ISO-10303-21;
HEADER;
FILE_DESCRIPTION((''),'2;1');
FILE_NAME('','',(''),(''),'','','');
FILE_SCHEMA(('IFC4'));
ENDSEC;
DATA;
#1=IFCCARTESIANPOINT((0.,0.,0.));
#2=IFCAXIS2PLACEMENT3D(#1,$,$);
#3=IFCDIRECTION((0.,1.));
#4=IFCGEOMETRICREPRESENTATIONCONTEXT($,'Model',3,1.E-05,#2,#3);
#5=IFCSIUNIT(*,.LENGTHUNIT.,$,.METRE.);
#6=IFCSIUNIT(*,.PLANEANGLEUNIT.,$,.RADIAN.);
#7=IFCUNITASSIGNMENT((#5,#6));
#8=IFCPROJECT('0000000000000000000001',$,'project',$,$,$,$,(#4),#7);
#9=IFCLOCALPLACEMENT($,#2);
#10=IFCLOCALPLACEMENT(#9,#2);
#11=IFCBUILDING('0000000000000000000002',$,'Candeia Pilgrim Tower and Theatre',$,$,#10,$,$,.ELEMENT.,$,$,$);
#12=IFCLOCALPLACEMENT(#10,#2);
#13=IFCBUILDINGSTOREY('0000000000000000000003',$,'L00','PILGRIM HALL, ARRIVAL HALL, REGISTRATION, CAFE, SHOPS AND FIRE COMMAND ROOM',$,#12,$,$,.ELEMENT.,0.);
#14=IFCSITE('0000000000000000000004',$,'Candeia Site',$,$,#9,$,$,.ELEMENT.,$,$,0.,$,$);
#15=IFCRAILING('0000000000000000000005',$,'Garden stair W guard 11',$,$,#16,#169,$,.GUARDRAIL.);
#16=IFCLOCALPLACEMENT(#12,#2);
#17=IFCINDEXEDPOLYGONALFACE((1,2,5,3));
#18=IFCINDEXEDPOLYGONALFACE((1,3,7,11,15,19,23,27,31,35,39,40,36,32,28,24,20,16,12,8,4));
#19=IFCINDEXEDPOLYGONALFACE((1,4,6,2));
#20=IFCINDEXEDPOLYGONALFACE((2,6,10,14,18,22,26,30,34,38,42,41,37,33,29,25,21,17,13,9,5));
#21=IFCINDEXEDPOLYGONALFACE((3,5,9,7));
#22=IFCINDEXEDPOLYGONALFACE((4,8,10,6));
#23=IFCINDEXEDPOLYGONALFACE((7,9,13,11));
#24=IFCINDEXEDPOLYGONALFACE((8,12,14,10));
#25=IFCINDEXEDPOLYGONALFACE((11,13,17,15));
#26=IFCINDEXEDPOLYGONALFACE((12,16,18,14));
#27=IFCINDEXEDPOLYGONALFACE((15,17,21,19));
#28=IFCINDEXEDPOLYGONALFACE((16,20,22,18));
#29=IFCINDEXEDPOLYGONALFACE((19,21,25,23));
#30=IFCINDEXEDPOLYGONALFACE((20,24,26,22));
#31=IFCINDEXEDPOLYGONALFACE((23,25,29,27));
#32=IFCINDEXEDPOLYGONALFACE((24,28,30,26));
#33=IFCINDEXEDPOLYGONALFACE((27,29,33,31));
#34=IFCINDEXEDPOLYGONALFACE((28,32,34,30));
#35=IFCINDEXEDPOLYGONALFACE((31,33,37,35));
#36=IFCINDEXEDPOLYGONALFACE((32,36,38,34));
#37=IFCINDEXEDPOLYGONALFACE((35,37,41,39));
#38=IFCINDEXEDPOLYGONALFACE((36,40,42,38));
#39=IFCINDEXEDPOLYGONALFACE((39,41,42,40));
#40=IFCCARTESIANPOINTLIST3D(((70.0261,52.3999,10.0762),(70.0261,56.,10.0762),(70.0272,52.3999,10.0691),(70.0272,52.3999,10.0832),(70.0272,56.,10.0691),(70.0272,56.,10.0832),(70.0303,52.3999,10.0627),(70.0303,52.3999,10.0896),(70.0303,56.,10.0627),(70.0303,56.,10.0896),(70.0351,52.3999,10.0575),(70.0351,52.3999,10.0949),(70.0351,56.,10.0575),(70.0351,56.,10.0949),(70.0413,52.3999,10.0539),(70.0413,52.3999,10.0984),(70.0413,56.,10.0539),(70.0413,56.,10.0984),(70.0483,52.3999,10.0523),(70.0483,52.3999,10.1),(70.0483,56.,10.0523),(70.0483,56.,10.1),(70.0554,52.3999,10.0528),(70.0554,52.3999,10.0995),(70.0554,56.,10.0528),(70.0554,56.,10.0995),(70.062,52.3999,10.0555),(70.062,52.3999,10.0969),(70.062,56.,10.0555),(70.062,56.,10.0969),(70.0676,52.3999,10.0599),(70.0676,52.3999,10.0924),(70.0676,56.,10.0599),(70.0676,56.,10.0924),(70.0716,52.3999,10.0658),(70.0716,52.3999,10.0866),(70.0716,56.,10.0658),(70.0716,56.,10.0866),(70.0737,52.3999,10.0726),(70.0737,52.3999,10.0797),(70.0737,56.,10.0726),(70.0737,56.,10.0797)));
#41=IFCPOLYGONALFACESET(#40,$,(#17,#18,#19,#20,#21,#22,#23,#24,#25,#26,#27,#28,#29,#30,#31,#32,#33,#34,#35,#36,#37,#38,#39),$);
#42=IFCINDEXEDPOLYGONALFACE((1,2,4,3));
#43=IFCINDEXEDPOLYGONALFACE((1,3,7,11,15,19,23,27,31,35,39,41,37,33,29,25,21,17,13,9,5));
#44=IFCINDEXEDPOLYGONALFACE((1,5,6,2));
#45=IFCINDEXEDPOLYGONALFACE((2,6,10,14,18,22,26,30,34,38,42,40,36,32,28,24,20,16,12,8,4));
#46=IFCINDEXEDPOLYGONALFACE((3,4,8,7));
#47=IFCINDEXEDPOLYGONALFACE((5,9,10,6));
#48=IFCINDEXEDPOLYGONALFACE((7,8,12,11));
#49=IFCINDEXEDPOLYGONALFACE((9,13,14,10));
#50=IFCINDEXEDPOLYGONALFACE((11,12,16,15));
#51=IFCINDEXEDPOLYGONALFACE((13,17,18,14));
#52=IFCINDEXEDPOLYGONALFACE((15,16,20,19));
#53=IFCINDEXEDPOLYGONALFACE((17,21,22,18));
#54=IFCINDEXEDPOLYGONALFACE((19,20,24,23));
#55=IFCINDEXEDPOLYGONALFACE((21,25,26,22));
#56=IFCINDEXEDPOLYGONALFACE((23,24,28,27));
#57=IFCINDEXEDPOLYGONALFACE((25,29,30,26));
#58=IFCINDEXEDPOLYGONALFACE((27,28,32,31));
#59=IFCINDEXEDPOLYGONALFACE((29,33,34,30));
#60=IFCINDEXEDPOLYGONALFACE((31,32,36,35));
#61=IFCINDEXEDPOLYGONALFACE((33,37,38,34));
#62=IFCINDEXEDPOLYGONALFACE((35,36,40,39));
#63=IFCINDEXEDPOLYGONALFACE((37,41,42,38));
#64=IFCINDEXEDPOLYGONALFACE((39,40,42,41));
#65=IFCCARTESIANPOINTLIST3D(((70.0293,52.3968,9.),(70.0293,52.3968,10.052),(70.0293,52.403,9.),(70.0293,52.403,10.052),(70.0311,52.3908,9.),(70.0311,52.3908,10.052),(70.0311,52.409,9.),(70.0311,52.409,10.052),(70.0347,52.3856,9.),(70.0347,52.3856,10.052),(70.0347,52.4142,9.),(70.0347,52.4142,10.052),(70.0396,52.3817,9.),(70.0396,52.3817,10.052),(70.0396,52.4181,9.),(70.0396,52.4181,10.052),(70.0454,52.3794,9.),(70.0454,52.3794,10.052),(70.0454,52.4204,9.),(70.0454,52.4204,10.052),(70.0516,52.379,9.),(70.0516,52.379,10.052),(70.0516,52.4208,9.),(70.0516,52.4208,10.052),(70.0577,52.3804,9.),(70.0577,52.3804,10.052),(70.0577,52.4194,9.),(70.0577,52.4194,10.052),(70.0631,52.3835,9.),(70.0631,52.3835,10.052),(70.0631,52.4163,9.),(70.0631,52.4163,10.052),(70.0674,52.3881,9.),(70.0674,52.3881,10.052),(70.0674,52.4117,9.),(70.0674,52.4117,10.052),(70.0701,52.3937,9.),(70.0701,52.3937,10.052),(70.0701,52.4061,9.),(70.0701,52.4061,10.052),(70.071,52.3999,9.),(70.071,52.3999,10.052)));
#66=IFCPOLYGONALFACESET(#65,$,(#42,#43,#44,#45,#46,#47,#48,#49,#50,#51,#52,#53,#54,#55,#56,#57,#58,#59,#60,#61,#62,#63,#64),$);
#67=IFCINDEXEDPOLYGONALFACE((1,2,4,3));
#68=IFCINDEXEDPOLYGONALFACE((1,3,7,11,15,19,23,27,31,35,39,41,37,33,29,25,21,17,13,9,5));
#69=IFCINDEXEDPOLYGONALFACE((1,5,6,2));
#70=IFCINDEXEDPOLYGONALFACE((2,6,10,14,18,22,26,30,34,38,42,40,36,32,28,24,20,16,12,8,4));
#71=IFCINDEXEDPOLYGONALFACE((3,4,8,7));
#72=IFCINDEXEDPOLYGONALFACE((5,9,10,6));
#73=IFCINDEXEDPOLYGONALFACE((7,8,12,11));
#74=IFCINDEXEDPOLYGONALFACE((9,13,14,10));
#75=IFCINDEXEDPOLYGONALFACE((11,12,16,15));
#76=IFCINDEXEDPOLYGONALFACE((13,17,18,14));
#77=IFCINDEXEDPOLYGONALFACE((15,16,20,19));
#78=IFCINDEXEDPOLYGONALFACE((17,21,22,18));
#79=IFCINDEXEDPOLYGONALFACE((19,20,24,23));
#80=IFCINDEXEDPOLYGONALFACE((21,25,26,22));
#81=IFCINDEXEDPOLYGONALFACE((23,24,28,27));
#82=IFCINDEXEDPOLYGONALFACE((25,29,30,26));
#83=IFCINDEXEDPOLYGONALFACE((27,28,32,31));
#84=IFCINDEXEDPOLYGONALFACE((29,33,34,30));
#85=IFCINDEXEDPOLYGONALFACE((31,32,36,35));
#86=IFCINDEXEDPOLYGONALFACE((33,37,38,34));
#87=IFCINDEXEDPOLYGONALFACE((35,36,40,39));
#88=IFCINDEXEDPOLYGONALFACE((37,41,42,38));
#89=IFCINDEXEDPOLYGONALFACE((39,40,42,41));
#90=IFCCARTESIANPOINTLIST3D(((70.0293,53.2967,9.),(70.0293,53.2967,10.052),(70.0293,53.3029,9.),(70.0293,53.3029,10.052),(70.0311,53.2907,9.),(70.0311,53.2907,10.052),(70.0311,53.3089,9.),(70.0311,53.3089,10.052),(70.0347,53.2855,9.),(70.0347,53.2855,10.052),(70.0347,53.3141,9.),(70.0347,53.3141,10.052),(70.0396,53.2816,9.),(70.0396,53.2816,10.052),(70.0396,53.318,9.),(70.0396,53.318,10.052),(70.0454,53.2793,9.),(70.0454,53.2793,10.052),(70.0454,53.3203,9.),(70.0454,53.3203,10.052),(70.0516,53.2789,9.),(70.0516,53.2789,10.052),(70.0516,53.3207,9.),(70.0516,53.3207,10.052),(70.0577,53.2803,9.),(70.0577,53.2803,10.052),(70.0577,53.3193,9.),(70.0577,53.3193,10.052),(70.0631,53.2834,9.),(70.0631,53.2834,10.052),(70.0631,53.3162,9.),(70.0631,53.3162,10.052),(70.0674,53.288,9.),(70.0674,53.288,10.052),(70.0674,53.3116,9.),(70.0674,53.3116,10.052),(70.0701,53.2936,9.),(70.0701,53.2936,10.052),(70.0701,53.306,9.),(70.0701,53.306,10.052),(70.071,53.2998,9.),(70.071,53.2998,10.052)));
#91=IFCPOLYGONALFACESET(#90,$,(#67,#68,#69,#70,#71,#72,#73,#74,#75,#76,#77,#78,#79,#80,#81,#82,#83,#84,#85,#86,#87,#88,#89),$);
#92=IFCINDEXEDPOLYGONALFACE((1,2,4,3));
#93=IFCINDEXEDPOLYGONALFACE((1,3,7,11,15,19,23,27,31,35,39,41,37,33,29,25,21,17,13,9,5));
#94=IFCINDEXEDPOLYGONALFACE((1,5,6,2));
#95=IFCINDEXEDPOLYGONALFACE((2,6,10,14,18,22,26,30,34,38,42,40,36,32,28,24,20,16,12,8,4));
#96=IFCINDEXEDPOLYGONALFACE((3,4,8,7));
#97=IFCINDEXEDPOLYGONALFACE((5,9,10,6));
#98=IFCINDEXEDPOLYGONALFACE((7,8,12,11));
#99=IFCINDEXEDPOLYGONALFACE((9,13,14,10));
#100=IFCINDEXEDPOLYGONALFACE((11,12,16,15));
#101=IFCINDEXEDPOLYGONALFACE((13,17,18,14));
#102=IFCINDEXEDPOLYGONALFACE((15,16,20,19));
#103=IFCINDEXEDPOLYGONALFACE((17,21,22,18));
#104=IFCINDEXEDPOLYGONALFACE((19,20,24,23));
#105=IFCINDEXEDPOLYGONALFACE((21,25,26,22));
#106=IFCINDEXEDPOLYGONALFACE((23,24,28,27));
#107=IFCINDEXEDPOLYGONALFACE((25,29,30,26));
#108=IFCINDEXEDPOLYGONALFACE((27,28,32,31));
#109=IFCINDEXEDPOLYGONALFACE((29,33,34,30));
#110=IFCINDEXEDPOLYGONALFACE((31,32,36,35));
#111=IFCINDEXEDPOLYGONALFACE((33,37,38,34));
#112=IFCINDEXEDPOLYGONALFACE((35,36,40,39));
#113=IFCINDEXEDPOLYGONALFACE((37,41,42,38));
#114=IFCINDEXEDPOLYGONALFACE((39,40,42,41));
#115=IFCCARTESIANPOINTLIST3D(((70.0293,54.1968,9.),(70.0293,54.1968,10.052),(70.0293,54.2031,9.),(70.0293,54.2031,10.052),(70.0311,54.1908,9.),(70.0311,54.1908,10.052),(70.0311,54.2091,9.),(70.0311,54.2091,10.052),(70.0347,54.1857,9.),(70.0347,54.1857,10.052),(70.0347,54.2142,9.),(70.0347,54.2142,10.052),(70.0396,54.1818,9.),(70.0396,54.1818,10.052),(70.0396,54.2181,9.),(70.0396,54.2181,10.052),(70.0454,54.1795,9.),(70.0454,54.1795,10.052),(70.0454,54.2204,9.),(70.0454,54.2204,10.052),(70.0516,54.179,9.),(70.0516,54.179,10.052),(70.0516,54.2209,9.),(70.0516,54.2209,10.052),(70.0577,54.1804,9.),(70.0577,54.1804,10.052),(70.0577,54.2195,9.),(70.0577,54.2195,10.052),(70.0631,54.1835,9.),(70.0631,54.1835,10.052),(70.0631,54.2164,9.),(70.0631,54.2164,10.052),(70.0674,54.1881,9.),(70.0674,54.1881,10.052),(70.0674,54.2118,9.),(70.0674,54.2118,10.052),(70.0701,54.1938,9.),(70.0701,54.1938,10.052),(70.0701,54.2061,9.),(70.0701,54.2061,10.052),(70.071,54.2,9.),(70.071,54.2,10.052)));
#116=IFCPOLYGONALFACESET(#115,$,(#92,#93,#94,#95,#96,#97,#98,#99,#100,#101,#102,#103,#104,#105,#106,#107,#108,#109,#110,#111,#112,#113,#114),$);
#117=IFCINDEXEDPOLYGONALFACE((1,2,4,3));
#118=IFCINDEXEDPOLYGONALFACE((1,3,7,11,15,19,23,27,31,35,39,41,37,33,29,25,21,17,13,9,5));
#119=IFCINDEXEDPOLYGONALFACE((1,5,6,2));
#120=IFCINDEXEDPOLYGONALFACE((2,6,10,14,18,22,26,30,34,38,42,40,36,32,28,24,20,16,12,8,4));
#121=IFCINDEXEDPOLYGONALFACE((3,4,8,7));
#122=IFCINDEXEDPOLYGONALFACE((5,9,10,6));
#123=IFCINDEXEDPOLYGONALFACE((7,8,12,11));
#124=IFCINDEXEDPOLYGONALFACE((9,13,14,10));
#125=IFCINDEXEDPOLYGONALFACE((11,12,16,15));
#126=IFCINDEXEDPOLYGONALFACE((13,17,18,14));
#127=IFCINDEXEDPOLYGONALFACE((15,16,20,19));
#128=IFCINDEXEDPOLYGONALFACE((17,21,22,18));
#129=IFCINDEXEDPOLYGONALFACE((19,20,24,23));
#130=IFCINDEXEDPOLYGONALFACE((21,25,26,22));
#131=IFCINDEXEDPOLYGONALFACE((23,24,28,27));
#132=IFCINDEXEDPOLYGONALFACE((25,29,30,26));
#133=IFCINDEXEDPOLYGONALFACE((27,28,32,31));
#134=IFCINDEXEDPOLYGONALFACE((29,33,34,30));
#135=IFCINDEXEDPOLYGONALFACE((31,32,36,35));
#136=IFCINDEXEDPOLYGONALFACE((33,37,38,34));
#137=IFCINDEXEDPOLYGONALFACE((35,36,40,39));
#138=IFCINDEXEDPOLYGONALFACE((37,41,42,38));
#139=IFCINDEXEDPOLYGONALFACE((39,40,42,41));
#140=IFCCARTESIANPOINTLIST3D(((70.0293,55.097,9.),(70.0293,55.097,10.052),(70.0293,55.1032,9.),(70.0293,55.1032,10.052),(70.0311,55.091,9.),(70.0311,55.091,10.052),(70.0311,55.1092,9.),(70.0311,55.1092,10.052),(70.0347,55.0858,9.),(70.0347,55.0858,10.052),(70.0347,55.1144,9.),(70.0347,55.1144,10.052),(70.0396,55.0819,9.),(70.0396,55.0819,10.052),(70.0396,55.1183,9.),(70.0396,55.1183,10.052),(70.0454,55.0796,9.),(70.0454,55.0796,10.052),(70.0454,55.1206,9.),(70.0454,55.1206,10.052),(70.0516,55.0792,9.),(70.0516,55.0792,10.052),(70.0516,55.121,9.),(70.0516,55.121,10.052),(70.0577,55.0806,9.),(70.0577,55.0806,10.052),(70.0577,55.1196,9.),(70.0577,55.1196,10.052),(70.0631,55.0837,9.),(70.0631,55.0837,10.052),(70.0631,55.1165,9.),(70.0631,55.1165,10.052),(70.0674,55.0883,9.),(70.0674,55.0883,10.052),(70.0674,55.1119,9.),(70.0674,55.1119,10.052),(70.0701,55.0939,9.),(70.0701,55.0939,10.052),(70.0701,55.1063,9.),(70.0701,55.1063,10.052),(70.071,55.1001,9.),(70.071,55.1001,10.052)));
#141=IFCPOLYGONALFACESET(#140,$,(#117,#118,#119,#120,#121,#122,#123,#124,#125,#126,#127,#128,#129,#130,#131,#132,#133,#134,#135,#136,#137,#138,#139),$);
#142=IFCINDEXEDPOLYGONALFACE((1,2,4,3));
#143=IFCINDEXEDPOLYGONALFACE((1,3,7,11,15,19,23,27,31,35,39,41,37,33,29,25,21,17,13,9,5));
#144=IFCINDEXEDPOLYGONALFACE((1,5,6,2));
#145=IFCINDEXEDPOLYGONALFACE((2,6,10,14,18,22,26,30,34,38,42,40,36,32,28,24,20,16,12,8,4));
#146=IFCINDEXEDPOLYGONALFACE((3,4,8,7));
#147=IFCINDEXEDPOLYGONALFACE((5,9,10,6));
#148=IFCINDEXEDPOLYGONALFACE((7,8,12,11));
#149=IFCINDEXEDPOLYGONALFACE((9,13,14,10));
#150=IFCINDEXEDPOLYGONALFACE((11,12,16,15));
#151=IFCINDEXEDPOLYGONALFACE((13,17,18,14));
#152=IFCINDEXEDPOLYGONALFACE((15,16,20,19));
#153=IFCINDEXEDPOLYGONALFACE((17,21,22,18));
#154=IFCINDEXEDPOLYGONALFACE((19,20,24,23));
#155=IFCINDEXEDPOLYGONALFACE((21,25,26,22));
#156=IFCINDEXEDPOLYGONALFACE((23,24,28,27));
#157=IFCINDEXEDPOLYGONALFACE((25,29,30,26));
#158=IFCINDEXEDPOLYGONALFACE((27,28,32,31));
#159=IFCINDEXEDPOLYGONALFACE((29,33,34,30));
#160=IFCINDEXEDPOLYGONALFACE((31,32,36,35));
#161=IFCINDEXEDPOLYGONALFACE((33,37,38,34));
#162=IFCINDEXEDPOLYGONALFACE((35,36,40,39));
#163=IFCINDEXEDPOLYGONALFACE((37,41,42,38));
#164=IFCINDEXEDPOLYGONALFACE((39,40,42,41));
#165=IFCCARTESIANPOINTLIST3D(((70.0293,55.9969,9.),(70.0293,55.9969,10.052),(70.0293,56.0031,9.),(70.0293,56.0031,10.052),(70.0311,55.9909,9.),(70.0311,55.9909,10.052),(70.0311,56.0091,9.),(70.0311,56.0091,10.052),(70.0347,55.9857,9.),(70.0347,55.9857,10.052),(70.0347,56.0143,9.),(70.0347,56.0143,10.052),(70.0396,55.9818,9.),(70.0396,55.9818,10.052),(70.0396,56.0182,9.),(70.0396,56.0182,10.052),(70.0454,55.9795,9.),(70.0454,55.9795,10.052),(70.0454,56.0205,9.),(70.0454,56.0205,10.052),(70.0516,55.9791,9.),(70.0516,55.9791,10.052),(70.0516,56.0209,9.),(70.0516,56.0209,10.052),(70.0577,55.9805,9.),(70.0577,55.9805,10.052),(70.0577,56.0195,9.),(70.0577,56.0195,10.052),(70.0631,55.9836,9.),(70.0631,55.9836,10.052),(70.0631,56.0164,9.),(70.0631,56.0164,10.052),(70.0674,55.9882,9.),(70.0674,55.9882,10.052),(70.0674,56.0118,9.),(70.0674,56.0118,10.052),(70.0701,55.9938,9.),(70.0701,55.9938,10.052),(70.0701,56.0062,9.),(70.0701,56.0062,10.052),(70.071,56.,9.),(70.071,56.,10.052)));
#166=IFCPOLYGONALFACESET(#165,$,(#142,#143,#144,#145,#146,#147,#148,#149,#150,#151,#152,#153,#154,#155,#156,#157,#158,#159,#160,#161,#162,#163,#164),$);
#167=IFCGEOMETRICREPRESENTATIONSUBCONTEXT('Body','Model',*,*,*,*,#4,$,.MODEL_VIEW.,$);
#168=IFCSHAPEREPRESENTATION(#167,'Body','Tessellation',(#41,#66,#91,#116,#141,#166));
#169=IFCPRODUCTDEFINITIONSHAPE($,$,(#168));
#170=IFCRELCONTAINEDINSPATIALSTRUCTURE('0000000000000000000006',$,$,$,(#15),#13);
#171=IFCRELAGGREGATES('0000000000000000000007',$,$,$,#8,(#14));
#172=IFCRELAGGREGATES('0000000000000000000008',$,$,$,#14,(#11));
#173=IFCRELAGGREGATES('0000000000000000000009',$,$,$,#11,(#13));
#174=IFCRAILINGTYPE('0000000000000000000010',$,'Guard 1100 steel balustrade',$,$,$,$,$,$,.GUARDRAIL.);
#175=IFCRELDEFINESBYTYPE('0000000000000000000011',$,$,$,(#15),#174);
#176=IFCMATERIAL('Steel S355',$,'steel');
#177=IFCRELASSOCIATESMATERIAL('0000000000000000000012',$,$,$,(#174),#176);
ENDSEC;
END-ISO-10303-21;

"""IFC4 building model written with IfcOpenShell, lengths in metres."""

from ifc_helpers import new_model, si_unit, direction, frame, origin, origin_2d, place, context, subcontext, project, spatial, circle, extrude, material, type_object, element, save


model = new_model("IFC4")

# Units and contexts
model_context = context("Model", 3, precision=1e-05, world=origin(), true_north=direction((0.0, 1.0)))
body_context = subcontext(model_context, "Body", "Model", "MODEL_VIEW")
ifc_project = project(units=[si_unit("LENGTHUNIT", "METRE"), si_unit("PLANEANGLEUNIT", "RADIAN")], contexts=[model_context])

# Site, building, storey
site_placement = place(None, origin())
site = spatial("IfcSite", under=ifc_project, at=site_placement, Name="Candeia Site", CompositionType="ELEMENT", RefElevation=0.0)
building_placement = place(site_placement, origin())
building = spatial("IfcBuilding", under=site, at=building_placement, Name="Candeia Pilgrim Tower and Theatre", CompositionType="ELEMENT")
storey_placement = place(building_placement, origin())
storey = spatial("IfcBuildingStorey", under=building, at=storey_placement, Name="L00", Description="PILGRIM HALL, ARRIVAL HALL, REGISTRATION, CAFE, SHOPS AND FIRE COMMAND ROOM", CompositionType="ELEMENT", Elevation=0.0)

# Railing
ifc_material_1 = material(Name="Steel S355", Category="steel")
railing_type_1 = type_object("IfcRailingType", Name="Guard 1100 steel balustrade", PredefinedType="GUARDRAIL", material=ifc_material_1)
railing_1_placement = place(storey_placement, frame((70.05, 52.3999, 9.0)))
element("IfcRailing", 1, at=railing_1_placement, inside=storey, type_object=railing_type_1, Name="Garden stair W guard 11", PredefinedType="GUARDRAIL", context=body_context, shape_type="SweptSolid", body=[
    extrude(circle(Radius=0.0239, at=origin_2d()), frame((0.0, 0.0, 1.0762), z_axis=(0.0, 1.0, 0.0), x_axis=(-1.0, 0.0, 0.0)), (0.0, 0.0, 1.0), 3.6001),
    extrude(circle(Radius=0.021, at=origin_2d()), origin(), (0.0, 0.0, 1.0), 1.052),
    extrude(circle(Radius=0.021, at=origin_2d()), frame((0.0, 0.8999, 0.0)), (0.0, 0.0, 1.0), 1.052),
    extrude(circle(Radius=0.021, at=origin_2d()), frame((0.0, 1.8, 0.0)), (0.0, 0.0, 1.0), 1.052),
    extrude(circle(Radius=0.021, at=origin_2d()), frame((0.0, 2.7002, 0.0)), (0.0, 0.0, 1.0), 1.052),
    extrude(circle(Radius=0.021, at=origin_2d()), frame((0.0, 3.6001, 0.0)), (0.0, 0.0, 1.0), 1.052),
])

save(model, "model.ifc")
